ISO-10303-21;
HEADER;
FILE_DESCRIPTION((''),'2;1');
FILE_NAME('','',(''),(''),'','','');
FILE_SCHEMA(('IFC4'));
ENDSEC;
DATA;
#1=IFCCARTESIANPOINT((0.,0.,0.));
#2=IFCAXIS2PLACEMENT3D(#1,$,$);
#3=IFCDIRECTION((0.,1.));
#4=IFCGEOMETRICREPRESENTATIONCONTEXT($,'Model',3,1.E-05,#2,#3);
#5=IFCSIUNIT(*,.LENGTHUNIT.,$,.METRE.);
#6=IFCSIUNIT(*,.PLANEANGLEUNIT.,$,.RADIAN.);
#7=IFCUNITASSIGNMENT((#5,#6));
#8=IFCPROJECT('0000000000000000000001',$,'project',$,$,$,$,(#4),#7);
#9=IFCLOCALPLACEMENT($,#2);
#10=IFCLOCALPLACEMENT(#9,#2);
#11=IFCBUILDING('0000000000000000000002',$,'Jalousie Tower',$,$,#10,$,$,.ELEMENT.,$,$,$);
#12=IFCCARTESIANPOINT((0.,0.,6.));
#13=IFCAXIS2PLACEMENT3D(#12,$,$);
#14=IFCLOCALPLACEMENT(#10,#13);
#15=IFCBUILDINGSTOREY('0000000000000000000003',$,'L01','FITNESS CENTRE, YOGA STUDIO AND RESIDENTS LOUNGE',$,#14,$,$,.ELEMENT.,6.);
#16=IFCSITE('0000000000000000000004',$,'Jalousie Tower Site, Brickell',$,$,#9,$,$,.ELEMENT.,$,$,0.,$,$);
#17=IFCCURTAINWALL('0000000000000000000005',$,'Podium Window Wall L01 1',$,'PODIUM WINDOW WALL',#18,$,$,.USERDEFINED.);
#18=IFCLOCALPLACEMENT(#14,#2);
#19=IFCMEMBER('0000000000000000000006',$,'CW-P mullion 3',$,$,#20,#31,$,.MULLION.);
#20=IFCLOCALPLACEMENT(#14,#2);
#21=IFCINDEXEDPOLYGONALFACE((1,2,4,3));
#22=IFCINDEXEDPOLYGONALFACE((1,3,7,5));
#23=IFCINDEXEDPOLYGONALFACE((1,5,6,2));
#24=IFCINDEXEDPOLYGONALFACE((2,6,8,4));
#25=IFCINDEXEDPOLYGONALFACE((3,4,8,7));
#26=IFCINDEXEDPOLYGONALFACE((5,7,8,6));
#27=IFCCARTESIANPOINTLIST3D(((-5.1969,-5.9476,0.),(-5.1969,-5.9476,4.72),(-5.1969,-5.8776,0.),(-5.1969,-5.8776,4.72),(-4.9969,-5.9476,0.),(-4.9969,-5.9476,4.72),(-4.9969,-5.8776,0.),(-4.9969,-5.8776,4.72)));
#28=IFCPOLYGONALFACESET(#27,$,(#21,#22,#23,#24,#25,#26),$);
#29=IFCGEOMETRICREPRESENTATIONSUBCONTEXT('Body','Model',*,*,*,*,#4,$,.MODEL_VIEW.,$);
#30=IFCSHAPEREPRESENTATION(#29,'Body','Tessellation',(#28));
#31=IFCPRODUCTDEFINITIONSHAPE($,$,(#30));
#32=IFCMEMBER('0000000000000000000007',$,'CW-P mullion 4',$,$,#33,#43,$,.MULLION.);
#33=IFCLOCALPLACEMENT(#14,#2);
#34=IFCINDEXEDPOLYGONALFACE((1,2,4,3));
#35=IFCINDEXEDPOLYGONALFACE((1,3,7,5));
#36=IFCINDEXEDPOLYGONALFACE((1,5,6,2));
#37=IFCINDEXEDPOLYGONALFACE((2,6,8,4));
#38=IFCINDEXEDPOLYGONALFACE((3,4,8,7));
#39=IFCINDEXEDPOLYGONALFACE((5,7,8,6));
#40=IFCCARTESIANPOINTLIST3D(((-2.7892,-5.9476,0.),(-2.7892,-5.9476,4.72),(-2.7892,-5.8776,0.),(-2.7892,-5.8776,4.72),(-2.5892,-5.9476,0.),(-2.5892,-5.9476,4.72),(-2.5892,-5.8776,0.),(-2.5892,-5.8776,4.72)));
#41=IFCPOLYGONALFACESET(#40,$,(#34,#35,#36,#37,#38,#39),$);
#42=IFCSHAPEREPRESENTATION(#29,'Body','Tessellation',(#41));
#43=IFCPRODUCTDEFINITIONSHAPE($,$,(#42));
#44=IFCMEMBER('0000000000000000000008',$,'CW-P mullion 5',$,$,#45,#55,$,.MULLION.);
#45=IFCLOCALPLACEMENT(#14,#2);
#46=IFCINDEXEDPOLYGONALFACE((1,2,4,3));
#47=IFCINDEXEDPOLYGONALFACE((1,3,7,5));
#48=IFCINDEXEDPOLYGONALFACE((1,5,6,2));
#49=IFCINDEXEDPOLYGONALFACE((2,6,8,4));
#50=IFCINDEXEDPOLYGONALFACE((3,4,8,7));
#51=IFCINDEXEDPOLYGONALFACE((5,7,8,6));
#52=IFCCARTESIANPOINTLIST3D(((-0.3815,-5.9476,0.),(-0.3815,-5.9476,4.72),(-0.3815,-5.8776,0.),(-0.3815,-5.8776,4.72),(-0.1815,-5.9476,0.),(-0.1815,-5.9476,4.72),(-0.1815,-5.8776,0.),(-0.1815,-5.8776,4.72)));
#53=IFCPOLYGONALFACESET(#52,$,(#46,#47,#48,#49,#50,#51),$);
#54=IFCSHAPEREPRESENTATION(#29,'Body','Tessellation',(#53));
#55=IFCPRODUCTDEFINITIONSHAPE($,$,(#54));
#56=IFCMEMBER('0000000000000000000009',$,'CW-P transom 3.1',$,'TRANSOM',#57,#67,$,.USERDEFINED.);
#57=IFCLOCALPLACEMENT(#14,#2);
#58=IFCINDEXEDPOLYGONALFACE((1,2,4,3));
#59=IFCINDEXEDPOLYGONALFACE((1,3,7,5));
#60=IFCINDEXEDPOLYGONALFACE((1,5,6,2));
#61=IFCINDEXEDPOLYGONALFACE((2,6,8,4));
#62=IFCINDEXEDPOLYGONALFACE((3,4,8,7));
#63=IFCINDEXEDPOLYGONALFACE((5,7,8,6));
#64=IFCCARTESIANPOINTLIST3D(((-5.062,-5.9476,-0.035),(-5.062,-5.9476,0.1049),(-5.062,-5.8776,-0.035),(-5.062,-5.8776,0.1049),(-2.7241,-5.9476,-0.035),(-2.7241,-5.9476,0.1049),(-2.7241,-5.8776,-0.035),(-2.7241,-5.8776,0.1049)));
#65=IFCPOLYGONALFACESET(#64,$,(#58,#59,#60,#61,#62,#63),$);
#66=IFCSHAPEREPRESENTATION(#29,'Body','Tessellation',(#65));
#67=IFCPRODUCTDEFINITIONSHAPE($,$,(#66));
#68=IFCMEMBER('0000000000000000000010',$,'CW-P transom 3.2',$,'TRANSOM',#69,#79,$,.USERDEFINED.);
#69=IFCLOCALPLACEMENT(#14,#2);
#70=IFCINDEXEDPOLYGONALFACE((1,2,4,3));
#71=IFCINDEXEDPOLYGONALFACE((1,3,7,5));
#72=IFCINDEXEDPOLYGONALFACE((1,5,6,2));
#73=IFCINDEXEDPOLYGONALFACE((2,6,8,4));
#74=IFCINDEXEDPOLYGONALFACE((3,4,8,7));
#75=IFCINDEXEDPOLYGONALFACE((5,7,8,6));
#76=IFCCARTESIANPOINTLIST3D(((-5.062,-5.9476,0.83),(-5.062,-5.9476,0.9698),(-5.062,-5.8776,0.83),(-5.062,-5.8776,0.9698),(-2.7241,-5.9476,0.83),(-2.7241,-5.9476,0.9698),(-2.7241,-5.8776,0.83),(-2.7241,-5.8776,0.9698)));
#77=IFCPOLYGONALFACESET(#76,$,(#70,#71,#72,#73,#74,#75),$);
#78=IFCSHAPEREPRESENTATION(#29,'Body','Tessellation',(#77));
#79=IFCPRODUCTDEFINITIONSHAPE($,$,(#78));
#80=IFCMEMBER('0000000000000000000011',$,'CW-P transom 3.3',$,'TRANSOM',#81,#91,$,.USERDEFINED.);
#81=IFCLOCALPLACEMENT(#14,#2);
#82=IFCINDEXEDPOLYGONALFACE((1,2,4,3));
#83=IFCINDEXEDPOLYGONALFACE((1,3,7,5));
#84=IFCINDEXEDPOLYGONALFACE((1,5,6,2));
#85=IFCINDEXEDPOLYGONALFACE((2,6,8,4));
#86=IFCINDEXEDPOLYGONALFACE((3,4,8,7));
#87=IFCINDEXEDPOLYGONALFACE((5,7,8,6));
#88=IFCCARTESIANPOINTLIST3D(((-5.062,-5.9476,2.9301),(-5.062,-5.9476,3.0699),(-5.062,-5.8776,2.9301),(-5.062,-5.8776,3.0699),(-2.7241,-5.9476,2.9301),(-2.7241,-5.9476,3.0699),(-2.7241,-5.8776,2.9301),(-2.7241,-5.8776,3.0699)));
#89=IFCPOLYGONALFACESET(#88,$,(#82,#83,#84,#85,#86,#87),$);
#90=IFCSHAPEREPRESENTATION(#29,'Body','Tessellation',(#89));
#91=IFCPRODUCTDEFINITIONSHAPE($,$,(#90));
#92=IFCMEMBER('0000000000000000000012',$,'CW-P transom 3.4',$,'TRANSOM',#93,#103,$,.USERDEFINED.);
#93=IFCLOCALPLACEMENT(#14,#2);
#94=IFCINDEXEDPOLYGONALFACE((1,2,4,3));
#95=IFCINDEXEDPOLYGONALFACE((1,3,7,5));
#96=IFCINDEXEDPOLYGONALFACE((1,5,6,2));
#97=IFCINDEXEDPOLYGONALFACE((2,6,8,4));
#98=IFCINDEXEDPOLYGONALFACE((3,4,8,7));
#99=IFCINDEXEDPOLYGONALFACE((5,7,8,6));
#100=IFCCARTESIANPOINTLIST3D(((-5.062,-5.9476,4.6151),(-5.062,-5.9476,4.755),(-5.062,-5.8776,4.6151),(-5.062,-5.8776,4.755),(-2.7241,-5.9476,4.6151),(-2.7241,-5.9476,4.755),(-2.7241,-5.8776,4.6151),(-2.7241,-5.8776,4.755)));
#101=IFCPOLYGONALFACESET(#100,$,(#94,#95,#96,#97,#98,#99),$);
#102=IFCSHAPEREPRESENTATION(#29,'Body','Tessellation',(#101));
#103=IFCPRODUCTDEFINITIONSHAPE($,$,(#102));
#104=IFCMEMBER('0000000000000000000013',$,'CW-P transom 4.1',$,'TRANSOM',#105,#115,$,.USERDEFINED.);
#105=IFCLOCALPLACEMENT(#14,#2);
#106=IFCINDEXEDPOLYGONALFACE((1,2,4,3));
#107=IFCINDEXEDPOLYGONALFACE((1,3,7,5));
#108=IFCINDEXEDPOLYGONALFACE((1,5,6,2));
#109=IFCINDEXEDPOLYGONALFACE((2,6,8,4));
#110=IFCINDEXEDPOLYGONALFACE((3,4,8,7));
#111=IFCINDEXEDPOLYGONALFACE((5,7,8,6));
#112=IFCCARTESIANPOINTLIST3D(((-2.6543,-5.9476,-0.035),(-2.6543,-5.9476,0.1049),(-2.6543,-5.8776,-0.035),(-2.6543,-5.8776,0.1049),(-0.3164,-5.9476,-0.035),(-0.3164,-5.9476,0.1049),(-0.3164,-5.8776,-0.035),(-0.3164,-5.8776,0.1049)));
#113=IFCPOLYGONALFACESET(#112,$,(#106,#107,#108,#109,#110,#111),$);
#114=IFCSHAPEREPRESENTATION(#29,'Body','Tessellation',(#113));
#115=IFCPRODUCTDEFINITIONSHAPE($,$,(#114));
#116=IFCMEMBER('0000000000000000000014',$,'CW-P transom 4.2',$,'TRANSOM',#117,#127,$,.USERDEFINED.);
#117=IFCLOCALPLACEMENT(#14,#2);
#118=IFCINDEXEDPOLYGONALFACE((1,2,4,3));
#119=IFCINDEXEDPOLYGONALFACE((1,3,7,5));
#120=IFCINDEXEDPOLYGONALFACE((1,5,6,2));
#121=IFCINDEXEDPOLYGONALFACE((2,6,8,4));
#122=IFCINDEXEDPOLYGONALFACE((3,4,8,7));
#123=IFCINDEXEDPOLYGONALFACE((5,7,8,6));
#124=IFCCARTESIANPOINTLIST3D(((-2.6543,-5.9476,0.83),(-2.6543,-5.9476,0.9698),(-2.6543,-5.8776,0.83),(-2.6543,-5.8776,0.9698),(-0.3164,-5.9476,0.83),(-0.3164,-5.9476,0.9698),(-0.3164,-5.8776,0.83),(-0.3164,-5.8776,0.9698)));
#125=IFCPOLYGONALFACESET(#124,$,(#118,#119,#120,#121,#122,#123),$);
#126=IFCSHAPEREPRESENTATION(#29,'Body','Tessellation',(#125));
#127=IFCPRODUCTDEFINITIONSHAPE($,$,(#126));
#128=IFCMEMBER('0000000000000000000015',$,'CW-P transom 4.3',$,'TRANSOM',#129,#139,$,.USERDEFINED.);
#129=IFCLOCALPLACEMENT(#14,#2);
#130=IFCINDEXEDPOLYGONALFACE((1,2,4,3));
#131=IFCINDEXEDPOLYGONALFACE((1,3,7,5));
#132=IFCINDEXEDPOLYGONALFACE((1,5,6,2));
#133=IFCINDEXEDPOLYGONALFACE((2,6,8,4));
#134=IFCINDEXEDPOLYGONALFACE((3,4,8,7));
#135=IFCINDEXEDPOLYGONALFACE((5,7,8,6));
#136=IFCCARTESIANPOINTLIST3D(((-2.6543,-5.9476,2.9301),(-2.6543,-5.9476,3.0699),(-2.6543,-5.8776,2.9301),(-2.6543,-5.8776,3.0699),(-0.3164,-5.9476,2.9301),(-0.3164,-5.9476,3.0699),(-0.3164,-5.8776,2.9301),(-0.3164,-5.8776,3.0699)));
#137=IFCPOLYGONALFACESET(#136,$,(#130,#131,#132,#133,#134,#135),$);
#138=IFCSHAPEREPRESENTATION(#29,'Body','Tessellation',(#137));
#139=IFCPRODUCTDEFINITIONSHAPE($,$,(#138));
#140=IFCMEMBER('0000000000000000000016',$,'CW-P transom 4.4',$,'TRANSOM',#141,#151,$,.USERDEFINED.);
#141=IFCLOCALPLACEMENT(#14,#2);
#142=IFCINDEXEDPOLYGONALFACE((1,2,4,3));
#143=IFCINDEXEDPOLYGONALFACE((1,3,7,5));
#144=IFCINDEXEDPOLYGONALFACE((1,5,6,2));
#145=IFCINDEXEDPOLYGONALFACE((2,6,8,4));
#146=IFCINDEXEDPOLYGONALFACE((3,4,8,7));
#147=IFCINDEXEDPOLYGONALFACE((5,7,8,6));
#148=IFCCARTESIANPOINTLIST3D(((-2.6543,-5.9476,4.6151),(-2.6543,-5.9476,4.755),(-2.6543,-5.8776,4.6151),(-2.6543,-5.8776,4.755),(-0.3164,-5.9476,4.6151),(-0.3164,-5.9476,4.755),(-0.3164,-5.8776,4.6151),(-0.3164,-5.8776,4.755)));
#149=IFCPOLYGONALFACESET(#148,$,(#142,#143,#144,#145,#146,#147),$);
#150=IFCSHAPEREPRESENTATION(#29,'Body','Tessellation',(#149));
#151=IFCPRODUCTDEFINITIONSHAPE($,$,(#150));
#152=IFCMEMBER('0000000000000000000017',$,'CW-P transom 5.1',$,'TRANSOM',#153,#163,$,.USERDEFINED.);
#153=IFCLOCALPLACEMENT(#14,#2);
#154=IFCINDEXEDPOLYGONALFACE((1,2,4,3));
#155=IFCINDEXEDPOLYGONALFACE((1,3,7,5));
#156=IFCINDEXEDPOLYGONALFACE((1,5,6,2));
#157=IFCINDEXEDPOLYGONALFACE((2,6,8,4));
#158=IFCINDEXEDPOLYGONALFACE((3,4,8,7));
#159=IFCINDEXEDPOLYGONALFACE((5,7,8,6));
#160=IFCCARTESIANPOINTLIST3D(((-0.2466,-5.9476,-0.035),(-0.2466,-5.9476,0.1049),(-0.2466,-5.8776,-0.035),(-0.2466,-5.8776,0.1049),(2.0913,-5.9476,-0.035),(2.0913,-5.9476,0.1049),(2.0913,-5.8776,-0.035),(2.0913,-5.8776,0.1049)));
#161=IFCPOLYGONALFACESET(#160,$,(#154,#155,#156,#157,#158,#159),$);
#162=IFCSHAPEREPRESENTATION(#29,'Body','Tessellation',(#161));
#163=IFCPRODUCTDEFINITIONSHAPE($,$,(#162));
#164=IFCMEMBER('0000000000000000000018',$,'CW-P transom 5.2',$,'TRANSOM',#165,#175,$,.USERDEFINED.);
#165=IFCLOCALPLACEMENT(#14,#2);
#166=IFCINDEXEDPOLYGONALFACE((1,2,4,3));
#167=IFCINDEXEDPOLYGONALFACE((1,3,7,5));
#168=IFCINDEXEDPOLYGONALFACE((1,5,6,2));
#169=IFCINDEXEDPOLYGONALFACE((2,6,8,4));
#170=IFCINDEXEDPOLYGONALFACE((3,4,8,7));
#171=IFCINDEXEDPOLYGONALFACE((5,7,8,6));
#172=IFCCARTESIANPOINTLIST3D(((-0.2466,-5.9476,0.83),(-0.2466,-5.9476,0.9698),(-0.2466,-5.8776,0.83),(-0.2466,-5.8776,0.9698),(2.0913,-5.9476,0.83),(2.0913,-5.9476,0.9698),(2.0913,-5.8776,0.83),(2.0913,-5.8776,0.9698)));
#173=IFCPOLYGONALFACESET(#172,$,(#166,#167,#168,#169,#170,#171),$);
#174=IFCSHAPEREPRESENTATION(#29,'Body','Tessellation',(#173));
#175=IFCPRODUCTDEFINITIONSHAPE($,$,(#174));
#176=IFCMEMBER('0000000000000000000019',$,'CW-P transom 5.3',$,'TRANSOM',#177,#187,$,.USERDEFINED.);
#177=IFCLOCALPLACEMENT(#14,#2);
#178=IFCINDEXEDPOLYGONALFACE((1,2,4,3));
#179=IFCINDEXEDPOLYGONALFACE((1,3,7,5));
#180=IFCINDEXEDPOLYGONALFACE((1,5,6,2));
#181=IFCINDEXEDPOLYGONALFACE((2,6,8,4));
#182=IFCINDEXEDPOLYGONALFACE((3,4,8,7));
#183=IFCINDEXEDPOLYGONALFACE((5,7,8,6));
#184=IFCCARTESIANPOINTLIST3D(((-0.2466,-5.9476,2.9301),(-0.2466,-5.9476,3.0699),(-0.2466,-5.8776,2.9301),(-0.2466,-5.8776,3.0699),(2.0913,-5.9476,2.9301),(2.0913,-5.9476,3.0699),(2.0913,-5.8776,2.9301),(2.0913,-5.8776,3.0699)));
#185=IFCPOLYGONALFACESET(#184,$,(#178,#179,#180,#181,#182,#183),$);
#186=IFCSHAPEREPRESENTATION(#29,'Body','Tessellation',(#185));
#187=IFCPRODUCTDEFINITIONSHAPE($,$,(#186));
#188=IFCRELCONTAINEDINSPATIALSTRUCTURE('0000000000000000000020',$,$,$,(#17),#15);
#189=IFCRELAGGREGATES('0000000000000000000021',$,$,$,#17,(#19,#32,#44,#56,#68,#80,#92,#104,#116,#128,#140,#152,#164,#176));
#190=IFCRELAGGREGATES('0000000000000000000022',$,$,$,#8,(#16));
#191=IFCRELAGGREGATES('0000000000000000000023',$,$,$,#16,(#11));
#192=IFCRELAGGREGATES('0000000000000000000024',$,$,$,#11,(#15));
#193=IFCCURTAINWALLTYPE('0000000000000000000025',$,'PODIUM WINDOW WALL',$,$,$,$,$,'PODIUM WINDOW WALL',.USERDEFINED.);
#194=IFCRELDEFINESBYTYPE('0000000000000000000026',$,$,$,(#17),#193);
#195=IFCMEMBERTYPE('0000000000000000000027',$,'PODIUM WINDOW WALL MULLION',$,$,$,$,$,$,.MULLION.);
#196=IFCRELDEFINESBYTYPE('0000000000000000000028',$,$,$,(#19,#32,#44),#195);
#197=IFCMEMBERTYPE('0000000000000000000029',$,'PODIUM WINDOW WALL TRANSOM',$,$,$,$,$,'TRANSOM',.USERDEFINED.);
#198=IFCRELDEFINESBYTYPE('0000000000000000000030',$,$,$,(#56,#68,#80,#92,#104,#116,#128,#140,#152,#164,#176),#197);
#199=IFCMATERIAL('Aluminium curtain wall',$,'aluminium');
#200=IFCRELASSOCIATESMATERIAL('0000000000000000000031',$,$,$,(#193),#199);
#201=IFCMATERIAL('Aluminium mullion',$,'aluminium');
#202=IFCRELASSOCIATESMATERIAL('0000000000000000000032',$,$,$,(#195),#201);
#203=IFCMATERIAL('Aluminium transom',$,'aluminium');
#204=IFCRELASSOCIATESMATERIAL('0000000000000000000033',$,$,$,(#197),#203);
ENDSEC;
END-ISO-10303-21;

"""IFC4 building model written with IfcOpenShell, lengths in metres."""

from ifc_helpers import new_model, si_unit, direction, frame, origin, origin_2d, place, context, subcontext, project, spatial, rectangle, extrude, material, material_profile, profile_set, type_object, element, aggregate, save


model = new_model("IFC4")

# Units and contexts
model_context = context("Model", 3, precision=1e-05, world=origin(), true_north=direction((0.0, 1.0)))
body_context = subcontext(model_context, "Body", "Model", "MODEL_VIEW")
ifc_project = project(units=[si_unit("LENGTHUNIT", "METRE"), si_unit("PLANEANGLEUNIT", "RADIAN")], contexts=[model_context])

# Site, building, storey
site_placement = place(None, origin())
site = spatial("IfcSite", under=ifc_project, at=site_placement, Name="Jalousie Tower Site, Brickell", CompositionType="ELEMENT", RefElevation=0.0)
building_placement = place(site_placement, origin())
building = spatial("IfcBuilding", under=site, at=building_placement, Name="Jalousie Tower", CompositionType="ELEMENT")
storey_placement = place(building_placement, frame((0.0, 0.0, 6.0)))
storey = spatial("IfcBuildingStorey", under=building, at=storey_placement, Name="L01", Description="FITNESS CENTRE, YOGA STUDIO AND RESIDENTS LOUNGE", CompositionType="ELEMENT", Elevation=6.0)

# Curtain wall, members
ifc_material_1 = material(Name="Aluminium curtain wall", Category="aluminium")
curtain_wall_type = type_object("IfcCurtainWallType", Name="PODIUM WINDOW WALL", ElementType="PODIUM WINDOW WALL", PredefinedType="USERDEFINED", material=ifc_material_1)
curtain_wall_placement = place(storey_placement, origin())
curtain_wall = element("IfcCurtainWall", 1, at=curtain_wall_placement, inside=storey, type_object=curtain_wall_type, Name="Podium Window Wall L01 1", ObjectType="PODIUM WINDOW WALL", PredefinedType="USERDEFINED")
ifc_material_2 = material(Name="Aluminium mullion", Category="aluminium")
ifc_material_profile_1 = material_profile(ifc_material_2, rectangle(XDim=0.0701, YDim=0.2, at=origin_2d()), Name="MULLION 70x200")
ifc_profile_set_1 = profile_set([ifc_material_profile_1], Name="Aluminium mullion")
member_type_1 = type_object("IfcMemberType", Name="PODIUM WINDOW WALL MULLION", PredefinedType="MULLION", material=ifc_profile_set_1)
member_1_placement = place(storey_placement, frame((-5.0969, -5.9126, 0.0), z_axis=(0.0, 0.0, 1.0), x_axis=(0.0, 1.0, 0.0)))
member_1 = element("IfcMember", 2, at=member_1_placement, type_object=member_type_1, Name="CW-P mullion 3", PredefinedType="MULLION", context=body_context, shape_type="SweptSolid", body=[
    extrude(rectangle(XDim=0.0701, YDim=0.2, at=origin_2d()), origin(), (0.0, 0.0, 1.0), 4.72),
])
member_2_placement = place(storey_placement, frame((-2.6892, -5.9126, 0.0), z_axis=(0.0, 0.0, 1.0), x_axis=(0.0, 1.0, 0.0)))
member_2 = element("IfcMember", 3, at=member_2_placement, type_object=member_type_1, Name="CW-P mullion 4", PredefinedType="MULLION", context=body_context, shape_type="SweptSolid", body=[
    extrude(rectangle(XDim=0.0701, YDim=0.2, at=origin_2d()), origin(), (0.0, 0.0, 1.0), 4.72),
])
member_3_placement = place(storey_placement, frame((-0.2815, -5.9126, 0.0), z_axis=(0.0, 0.0, 1.0), x_axis=(0.0, 1.0, 0.0)))
member_3 = element("IfcMember", 4, at=member_3_placement, type_object=member_type_1, Name="CW-P mullion 5", PredefinedType="MULLION", context=body_context, shape_type="SweptSolid", body=[
    extrude(rectangle(XDim=0.0701, YDim=0.2, at=origin_2d()), origin(), (0.0, 0.0, 1.0), 4.72),
])
ifc_material_3 = material(Name="Aluminium transom", Category="aluminium")
ifc_material_profile_2 = material_profile(ifc_material_3, rectangle(XDim=0.0701, YDim=0.1399, at=origin_2d()), Name="TRANSOM 70x140")
ifc_profile_set_2 = profile_set([ifc_material_profile_2], Name="Aluminium transom")
member_type_2 = type_object("IfcMemberType", Name="PODIUM WINDOW WALL TRANSOM", ElementType="TRANSOM", PredefinedType="USERDEFINED", material=ifc_profile_set_2)
member_4_placement = place(storey_placement, frame((-5.062, -5.9126, 0.0349), z_axis=(1.0, 0.0, 0.0), x_axis=(0.0, 1.0, 0.0)))
member_4 = element("IfcMember", 5, at=member_4_placement, type_object=member_type_2, Name="CW-P transom 3.1", ObjectType="TRANSOM", PredefinedType="USERDEFINED", context=body_context, shape_type="SweptSolid", body=[
    extrude(rectangle(XDim=0.0701, YDim=0.1399, at=origin_2d()), origin(), (0.0, 0.0, 1.0), 2.3379),
])
member_5_placement = place(storey_placement, frame((-5.062, -5.9126, 0.8999), z_axis=(1.0, 0.0, 0.0), x_axis=(0.0, 1.0, 0.0)))
member_5 = element("IfcMember", 6, at=member_5_placement, type_object=member_type_2, Name="CW-P transom 3.2", ObjectType="TRANSOM", PredefinedType="USERDEFINED", context=body_context, shape_type="SweptSolid", body=[
    extrude(rectangle(XDim=0.0701, YDim=0.1399, at=origin_2d()), origin(), (0.0, 0.0, 1.0), 2.3379),
])
member_6_placement = place(storey_placement, frame((-5.062, -5.9126, 3.0), z_axis=(1.0, 0.0, 0.0), x_axis=(0.0, 1.0, 0.0)))
member_6 = element("IfcMember", 7, at=member_6_placement, type_object=member_type_2, Name="CW-P transom 3.3", ObjectType="TRANSOM", PredefinedType="USERDEFINED", context=body_context, shape_type="SweptSolid", body=[
    extrude(rectangle(XDim=0.0701, YDim=0.1399, at=origin_2d()), origin(), (0.0, 0.0, 1.0), 2.3379),
])
member_7_placement = place(storey_placement, frame((-5.062, -5.9126, 4.6851), z_axis=(1.0, 0.0, 0.0), x_axis=(0.0, 1.0, 0.0)))
member_7 = element("IfcMember", 8, at=member_7_placement, type_object=member_type_2, Name="CW-P transom 3.4", ObjectType="TRANSOM", PredefinedType="USERDEFINED", context=body_context, shape_type="SweptSolid", body=[
    extrude(rectangle(XDim=0.0701, YDim=0.1399, at=origin_2d()), origin(), (0.0, 0.0, 1.0), 2.3379),
])
member_8_placement = place(storey_placement, frame((-2.6543, -5.9126, 0.0349), z_axis=(1.0, 0.0, 0.0), x_axis=(0.0, 1.0, 0.0)))
member_8 = element("IfcMember", 9, at=member_8_placement, type_object=member_type_2, Name="CW-P transom 4.1", ObjectType="TRANSOM", PredefinedType="USERDEFINED", context=body_context, shape_type="SweptSolid", body=[
    extrude(rectangle(XDim=0.0701, YDim=0.1399, at=origin_2d()), origin(), (0.0, 0.0, 1.0), 2.3379),
])
member_9_placement = place(storey_placement, frame((-2.6543, -5.9126, 0.8999), z_axis=(1.0, 0.0, 0.0), x_axis=(0.0, 1.0, 0.0)))
member_9 = element("IfcMember", 10, at=member_9_placement, type_object=member_type_2, Name="CW-P transom 4.2", ObjectType="TRANSOM", PredefinedType="USERDEFINED", context=body_context, shape_type="SweptSolid", body=[
    extrude(rectangle(XDim=0.0701, YDim=0.1399, at=origin_2d()), origin(), (0.0, 0.0, 1.0), 2.3379),
])
member_10_placement = place(storey_placement, frame((-2.6543, -5.9126, 3.0), z_axis=(1.0, 0.0, 0.0), x_axis=(0.0, 1.0, 0.0)))
member_10 = element("IfcMember", 11, at=member_10_placement, type_object=member_type_2, Name="CW-P transom 4.3", ObjectType="TRANSOM", PredefinedType="USERDEFINED", context=body_context, shape_type="SweptSolid", body=[
    extrude(rectangle(XDim=0.0701, YDim=0.1399, at=origin_2d()), origin(), (0.0, 0.0, 1.0), 2.3379),
])
member_11_placement = place(storey_placement, frame((-2.6543, -5.9126, 4.6851), z_axis=(1.0, 0.0, 0.0), x_axis=(0.0, 1.0, 0.0)))
member_11 = element("IfcMember", 12, at=member_11_placement, type_object=member_type_2, Name="CW-P transom 4.4", ObjectType="TRANSOM", PredefinedType="USERDEFINED", context=body_context, shape_type="SweptSolid", body=[
    extrude(rectangle(XDim=0.0701, YDim=0.1399, at=origin_2d()), origin(), (0.0, 0.0, 1.0), 2.3379),
])
member_12_placement = place(storey_placement, frame((-0.2466, -5.9126, 0.0349), z_axis=(1.0, 0.0, 0.0), x_axis=(0.0, 1.0, 0.0)))
member_12 = element("IfcMember", 13, at=member_12_placement, type_object=member_type_2, Name="CW-P transom 5.1", ObjectType="TRANSOM", PredefinedType="USERDEFINED", context=body_context, shape_type="SweptSolid", body=[
    extrude(rectangle(XDim=0.0701, YDim=0.1399, at=origin_2d()), origin(), (0.0, 0.0, 1.0), 2.3379),
])
member_13_placement = place(storey_placement, frame((-0.2466, -5.9126, 0.8999), z_axis=(1.0, 0.0, 0.0), x_axis=(0.0, 1.0, 0.0)))
member_13 = element("IfcMember", 14, at=member_13_placement, type_object=member_type_2, Name="CW-P transom 5.2", ObjectType="TRANSOM", PredefinedType="USERDEFINED", context=body_context, shape_type="SweptSolid", body=[
    extrude(rectangle(XDim=0.0701, YDim=0.1399, at=origin_2d()), origin(), (0.0, 0.0, 1.0), 2.3379),
])
member_14_placement = place(storey_placement, frame((-0.2466, -5.9126, 3.0), z_axis=(1.0, 0.0, 0.0), x_axis=(0.0, 1.0, 0.0)))
member_14 = element("IfcMember", 15, at=member_14_placement, type_object=member_type_2, Name="CW-P transom 5.3", ObjectType="TRANSOM", PredefinedType="USERDEFINED", context=body_context, shape_type="SweptSolid", body=[
    extrude(rectangle(XDim=0.0701, YDim=0.1399, at=origin_2d()), origin(), (0.0, 0.0, 1.0), 2.3379),
])

aggregate(curtain_wall, [member_1, member_2, member_3, member_4, member_5, member_6, member_7, member_8, member_9, member_10, member_11, member_12, member_13, member_14])

save(model, "model.ifc")
